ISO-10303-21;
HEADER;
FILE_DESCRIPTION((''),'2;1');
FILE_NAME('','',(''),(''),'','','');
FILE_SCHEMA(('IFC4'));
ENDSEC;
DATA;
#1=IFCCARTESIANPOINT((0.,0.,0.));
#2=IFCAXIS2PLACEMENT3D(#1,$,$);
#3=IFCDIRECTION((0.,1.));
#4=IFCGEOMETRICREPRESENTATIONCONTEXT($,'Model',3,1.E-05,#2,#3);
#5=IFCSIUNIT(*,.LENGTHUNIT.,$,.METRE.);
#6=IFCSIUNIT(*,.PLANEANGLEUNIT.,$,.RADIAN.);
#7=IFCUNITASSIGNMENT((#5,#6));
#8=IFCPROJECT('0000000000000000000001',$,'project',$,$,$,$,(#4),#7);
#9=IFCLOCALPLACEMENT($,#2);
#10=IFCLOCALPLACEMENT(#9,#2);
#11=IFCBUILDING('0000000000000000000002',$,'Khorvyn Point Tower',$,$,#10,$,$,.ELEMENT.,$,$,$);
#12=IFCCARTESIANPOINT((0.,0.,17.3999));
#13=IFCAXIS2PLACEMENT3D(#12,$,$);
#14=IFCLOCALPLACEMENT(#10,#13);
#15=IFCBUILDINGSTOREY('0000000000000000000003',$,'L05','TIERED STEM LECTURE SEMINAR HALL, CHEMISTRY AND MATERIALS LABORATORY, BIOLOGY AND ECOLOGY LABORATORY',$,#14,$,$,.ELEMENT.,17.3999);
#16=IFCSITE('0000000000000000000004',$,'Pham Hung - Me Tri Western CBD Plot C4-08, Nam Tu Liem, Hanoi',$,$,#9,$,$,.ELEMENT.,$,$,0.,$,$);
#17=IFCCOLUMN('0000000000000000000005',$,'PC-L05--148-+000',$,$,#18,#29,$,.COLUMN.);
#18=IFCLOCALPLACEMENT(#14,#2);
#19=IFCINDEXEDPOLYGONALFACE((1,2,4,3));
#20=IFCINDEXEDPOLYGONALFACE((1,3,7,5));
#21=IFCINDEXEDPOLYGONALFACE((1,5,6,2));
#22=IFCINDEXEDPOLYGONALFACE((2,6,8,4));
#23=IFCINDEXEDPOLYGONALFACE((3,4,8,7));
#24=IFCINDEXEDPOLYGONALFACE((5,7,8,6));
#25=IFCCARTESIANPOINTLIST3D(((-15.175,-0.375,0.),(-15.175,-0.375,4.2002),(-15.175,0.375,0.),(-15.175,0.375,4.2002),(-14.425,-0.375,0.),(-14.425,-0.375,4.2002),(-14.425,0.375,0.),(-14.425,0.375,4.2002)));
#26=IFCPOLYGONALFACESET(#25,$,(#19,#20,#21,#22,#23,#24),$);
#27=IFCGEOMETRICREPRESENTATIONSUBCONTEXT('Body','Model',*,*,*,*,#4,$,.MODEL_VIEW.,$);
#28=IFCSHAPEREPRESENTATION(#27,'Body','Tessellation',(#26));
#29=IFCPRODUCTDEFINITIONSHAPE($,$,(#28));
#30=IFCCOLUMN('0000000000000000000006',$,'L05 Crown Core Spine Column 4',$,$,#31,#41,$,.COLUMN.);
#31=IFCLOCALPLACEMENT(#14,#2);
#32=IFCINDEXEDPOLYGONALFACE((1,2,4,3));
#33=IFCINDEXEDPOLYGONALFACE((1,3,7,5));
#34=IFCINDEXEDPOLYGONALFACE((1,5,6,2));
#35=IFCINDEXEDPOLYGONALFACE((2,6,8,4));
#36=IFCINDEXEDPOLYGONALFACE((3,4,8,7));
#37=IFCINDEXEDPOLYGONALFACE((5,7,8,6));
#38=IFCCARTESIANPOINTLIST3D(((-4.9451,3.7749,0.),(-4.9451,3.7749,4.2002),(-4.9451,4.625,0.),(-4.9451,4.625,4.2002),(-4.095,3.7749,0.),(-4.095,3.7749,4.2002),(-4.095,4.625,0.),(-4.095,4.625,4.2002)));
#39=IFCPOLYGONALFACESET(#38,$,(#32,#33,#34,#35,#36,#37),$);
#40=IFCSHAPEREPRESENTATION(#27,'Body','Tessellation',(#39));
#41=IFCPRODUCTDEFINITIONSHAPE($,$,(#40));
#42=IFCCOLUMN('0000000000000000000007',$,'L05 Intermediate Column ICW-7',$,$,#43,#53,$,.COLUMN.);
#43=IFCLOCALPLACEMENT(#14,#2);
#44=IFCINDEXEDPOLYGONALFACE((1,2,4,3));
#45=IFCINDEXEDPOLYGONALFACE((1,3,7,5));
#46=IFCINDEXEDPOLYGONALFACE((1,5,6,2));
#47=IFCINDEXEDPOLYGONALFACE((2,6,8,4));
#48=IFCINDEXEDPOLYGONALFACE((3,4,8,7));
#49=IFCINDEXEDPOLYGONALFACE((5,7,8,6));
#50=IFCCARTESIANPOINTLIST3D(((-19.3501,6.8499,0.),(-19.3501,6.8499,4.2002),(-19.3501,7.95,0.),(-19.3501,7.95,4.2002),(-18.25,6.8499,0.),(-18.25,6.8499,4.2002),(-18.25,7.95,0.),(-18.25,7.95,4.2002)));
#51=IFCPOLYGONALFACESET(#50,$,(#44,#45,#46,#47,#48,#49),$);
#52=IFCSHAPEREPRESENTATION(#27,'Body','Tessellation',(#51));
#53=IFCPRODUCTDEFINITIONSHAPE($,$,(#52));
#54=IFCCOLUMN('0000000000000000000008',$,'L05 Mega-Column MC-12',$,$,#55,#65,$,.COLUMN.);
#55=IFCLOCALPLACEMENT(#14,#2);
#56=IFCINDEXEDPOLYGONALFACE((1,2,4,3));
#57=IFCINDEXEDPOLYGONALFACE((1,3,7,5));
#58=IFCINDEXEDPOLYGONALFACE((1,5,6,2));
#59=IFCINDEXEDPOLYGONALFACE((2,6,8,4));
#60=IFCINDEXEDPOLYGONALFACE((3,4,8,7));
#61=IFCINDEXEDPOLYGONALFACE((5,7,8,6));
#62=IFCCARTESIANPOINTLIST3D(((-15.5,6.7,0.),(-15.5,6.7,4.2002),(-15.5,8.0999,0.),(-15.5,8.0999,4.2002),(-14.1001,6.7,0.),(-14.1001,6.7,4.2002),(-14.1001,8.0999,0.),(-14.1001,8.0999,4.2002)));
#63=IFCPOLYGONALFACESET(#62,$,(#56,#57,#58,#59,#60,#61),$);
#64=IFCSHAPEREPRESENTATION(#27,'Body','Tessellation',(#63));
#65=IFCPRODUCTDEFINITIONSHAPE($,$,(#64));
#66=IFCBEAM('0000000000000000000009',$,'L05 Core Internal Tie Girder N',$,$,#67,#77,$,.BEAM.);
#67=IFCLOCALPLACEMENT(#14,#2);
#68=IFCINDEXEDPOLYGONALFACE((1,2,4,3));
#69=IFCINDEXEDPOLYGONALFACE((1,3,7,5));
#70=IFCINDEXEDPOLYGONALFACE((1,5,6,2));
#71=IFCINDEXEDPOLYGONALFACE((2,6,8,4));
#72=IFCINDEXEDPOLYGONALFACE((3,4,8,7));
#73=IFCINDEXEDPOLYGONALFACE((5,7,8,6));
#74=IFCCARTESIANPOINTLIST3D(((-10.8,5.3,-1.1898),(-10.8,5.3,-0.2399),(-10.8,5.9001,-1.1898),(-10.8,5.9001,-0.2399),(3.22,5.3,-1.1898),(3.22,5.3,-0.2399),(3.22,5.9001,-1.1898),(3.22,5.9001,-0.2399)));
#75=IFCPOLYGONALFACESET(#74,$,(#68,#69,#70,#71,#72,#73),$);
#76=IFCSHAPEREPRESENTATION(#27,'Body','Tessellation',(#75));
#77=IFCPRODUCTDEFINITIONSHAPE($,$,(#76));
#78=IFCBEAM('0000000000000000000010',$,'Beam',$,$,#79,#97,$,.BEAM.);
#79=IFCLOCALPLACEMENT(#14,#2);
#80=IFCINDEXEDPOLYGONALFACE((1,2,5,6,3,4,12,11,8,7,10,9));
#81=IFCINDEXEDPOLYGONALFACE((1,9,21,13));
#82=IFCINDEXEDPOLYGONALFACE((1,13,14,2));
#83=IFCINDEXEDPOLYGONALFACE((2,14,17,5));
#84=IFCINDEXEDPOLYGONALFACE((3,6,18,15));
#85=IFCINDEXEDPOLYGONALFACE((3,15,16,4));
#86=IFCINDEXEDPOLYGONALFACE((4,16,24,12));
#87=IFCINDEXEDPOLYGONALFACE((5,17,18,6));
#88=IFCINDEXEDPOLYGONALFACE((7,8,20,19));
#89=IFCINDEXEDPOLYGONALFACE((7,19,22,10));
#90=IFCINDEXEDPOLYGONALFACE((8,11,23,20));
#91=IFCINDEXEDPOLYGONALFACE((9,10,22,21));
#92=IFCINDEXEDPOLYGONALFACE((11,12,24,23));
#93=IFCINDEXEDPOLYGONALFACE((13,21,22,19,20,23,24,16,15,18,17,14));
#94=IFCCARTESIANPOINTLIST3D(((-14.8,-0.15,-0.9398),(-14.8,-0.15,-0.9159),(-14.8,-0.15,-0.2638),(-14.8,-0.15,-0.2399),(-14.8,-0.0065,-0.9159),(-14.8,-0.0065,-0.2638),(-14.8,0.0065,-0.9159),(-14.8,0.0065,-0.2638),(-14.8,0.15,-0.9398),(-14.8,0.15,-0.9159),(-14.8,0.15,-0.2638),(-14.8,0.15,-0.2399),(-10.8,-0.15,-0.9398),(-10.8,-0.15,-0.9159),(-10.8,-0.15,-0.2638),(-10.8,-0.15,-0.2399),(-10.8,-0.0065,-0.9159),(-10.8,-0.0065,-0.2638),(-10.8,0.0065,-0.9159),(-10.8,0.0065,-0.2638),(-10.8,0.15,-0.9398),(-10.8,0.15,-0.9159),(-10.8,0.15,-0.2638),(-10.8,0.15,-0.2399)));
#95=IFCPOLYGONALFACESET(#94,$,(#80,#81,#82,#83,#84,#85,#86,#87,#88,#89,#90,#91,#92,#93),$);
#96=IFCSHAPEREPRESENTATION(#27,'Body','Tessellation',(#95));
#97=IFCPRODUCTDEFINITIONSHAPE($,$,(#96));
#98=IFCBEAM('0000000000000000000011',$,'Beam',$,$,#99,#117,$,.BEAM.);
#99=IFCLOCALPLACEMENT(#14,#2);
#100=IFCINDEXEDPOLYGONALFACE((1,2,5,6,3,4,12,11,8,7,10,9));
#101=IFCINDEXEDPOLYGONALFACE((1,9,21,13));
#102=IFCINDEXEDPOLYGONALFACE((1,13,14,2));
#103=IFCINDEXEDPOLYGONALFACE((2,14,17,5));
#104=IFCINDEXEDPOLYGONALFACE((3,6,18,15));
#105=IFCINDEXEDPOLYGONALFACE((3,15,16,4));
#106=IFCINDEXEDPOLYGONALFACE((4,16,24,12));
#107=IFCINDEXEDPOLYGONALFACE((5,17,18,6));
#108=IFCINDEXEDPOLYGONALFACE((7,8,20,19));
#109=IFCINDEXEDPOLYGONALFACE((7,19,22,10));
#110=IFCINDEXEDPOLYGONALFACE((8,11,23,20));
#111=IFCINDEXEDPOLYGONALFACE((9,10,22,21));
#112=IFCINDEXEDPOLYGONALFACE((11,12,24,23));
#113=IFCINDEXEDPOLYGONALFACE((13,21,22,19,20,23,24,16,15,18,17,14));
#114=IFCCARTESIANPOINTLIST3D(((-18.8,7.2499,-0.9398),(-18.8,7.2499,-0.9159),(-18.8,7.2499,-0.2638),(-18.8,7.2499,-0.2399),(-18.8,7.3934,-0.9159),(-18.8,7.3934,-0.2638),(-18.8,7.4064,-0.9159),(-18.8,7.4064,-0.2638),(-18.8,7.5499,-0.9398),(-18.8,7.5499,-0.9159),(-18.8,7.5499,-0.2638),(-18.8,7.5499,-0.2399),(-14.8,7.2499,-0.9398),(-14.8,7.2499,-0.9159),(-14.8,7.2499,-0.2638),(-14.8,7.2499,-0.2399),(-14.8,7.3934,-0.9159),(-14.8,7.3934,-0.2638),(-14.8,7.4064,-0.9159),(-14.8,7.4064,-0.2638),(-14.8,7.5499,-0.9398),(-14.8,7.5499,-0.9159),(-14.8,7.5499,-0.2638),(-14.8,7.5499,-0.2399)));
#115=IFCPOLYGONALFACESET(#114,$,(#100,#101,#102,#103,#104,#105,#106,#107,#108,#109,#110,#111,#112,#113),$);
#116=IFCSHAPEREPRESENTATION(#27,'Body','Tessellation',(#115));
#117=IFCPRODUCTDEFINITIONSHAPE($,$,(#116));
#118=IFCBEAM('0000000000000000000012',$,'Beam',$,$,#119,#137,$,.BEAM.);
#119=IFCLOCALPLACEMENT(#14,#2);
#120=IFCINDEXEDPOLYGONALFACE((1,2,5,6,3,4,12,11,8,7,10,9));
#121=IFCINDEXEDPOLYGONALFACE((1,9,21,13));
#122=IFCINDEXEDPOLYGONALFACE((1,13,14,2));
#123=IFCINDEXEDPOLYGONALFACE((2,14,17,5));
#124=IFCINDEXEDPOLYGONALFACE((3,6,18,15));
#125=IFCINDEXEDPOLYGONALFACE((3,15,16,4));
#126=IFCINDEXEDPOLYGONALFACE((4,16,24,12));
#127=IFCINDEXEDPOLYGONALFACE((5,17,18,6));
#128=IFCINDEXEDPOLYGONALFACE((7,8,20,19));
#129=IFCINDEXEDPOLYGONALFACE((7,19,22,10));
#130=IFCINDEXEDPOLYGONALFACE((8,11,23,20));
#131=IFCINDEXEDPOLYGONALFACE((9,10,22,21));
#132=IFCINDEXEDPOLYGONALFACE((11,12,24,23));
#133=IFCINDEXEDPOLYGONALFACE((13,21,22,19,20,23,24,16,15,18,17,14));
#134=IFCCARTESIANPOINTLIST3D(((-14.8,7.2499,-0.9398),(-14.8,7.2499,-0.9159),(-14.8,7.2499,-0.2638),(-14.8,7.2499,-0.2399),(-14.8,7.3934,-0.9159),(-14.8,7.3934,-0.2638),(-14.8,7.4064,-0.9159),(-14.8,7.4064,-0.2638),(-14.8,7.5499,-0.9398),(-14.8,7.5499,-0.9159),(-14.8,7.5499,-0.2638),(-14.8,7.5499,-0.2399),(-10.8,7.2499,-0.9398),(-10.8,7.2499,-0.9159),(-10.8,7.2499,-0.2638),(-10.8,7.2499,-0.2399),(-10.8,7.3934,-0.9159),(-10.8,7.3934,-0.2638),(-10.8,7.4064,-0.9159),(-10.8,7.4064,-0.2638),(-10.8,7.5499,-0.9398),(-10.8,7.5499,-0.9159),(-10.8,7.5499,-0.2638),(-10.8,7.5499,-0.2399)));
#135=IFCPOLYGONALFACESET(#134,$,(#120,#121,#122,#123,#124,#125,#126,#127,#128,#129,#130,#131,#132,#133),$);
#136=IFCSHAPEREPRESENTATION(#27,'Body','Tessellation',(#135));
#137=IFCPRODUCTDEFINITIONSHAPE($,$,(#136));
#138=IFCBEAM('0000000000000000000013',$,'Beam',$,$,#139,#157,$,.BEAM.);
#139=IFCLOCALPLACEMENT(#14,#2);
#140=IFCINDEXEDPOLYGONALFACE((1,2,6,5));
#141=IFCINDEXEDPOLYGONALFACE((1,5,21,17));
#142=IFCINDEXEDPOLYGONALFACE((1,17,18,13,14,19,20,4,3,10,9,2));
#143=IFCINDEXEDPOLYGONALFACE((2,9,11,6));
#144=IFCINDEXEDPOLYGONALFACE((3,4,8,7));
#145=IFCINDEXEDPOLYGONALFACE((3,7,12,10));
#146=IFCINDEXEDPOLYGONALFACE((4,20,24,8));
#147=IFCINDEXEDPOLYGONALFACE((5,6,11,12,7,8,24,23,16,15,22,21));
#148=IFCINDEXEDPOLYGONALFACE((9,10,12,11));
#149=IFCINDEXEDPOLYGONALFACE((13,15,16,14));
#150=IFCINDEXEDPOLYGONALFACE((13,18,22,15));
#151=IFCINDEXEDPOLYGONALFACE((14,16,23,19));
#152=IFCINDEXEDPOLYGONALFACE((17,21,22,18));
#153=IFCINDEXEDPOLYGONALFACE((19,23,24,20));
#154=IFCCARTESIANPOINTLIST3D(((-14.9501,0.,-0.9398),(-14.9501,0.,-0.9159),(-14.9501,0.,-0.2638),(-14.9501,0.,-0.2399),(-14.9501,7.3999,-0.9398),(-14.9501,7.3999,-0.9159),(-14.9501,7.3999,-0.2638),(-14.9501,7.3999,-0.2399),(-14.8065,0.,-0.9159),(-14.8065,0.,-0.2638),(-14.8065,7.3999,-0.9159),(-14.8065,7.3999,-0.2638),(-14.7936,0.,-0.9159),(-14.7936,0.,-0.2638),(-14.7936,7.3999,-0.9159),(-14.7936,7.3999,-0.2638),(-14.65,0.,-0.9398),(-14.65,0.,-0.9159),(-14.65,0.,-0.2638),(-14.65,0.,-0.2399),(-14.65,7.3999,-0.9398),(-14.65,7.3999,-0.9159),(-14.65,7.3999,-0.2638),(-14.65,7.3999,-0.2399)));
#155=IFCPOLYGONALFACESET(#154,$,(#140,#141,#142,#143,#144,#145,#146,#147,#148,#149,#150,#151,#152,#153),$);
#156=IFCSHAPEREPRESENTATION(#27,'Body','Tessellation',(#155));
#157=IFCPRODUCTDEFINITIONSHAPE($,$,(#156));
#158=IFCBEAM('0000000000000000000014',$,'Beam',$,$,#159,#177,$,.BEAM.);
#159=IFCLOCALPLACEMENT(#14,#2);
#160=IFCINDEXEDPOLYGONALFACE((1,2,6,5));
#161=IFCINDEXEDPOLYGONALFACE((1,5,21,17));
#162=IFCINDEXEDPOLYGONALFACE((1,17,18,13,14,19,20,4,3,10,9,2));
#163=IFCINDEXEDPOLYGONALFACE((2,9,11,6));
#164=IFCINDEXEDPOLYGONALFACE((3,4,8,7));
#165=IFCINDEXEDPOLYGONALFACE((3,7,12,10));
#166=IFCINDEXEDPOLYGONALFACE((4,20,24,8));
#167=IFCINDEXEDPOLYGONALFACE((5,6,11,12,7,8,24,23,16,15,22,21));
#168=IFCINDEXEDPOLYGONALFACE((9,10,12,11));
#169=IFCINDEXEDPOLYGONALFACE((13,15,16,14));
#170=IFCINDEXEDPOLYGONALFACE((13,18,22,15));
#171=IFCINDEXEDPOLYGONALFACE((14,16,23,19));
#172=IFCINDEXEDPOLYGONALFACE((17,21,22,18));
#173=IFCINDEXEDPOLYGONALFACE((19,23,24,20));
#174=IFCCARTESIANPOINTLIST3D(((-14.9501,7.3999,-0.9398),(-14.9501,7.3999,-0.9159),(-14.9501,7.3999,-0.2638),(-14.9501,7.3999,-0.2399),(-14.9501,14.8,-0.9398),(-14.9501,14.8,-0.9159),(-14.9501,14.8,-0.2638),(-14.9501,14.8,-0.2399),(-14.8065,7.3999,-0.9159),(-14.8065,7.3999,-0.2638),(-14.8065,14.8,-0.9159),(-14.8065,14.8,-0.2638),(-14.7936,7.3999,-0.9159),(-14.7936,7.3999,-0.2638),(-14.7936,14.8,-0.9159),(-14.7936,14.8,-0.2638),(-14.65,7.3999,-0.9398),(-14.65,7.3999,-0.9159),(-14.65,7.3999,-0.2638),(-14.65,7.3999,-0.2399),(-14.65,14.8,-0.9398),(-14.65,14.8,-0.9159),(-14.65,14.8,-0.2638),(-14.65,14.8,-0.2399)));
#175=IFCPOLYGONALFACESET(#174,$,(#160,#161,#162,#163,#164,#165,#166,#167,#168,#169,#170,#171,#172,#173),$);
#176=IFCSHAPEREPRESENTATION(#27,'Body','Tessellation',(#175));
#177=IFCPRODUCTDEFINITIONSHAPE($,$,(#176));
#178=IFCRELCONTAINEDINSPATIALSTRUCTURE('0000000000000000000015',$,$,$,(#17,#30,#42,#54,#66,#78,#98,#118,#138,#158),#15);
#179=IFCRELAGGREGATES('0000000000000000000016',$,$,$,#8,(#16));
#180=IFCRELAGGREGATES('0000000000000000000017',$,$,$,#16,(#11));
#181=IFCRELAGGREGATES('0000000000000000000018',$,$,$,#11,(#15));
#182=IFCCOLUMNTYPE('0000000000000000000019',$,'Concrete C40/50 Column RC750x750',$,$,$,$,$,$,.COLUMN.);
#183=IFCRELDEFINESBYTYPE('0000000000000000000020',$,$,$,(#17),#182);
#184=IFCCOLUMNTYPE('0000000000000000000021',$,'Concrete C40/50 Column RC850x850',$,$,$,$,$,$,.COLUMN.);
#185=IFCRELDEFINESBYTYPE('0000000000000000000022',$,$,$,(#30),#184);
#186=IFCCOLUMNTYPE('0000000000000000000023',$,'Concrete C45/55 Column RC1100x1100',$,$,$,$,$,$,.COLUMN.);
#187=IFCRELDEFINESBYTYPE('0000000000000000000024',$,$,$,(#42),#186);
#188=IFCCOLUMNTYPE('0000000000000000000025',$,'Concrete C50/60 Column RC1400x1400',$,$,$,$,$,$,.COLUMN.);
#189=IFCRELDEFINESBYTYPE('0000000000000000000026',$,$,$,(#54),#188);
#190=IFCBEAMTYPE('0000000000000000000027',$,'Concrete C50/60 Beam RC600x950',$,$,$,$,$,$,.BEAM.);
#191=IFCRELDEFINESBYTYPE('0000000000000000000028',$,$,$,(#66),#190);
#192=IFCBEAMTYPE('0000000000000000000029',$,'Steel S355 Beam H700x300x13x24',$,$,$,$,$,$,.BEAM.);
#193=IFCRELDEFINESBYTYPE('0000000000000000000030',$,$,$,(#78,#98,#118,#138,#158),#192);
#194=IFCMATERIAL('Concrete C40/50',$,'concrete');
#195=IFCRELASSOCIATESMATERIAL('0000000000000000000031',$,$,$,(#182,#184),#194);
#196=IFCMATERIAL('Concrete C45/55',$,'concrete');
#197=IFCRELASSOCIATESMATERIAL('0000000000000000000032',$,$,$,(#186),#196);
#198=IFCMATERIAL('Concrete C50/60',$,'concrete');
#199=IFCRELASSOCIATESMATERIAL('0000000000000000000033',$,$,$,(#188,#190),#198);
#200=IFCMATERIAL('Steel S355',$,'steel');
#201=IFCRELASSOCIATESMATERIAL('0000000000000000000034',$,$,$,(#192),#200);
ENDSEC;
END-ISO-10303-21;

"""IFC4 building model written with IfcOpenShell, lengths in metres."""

from ifc_helpers import new_model, si_unit, direction, frame, origin, origin_2d, place, context, subcontext, project, spatial, rectangle, i_section, extrude, material, material_profile, profile_set, type_object, element, save


model = new_model("IFC4")

# Units and contexts
model_context = context("Model", 3, precision=1e-05, world=origin(), true_north=direction((0.0, 1.0)))
body_context = subcontext(model_context, "Body", "Model", "MODEL_VIEW")
ifc_project = project(units=[si_unit("LENGTHUNIT", "METRE"), si_unit("PLANEANGLEUNIT", "RADIAN")], contexts=[model_context])

# Site, building, storey
site_placement = place(None, origin())
site = spatial("IfcSite", under=ifc_project, at=site_placement, Name="Pham Hung - Me Tri Western CBD Plot C4-08, Nam Tu Liem, Hanoi", CompositionType="ELEMENT", RefElevation=0.0)
building_placement = place(site_placement, origin())
building = spatial("IfcBuilding", under=site, at=building_placement, Name="Khorvyn Point Tower", CompositionType="ELEMENT")
storey_placement = place(building_placement, frame((0.0, 0.0, 17.3999)))
storey = spatial("IfcBuildingStorey", under=building, at=storey_placement, Name="L05", Description="TIERED STEM LECTURE SEMINAR HALL, CHEMISTRY AND MATERIALS LABORATORY, BIOLOGY AND ECOLOGY LABORATORY", CompositionType="ELEMENT", Elevation=17.3999)

# Columns
ifc_material_1 = material(Name="Concrete C40/50", Category="concrete")
ifc_material_profile_1 = material_profile(ifc_material_1, rectangle(XDim=0.75, YDim=0.75, at=origin_2d()))
ifc_profile_set_1 = profile_set([ifc_material_profile_1], Name="Concrete C40/50 RC750x750")
column_type_1 = type_object("IfcColumnType", Name="Concrete C40/50 Column RC750x750", PredefinedType="COLUMN", material=ifc_profile_set_1)
column_1_placement = place(storey_placement, frame((-14.8, 0.0, 0.0), z_axis=(0.0, 0.0, 1.0), x_axis=(1.0, 0.0, 0.0)))
element("IfcColumn", 1, at=column_1_placement, inside=storey, type_object=column_type_1, Name="PC-L05--148-+000", PredefinedType="COLUMN", context=body_context, shape_type="SweptSolid", body=[
    extrude(rectangle(XDim=0.75, YDim=0.75, at=origin_2d()), origin(), (0.0, 0.0, 1.0), 4.2002),
])
ifc_material_profile_2 = material_profile(ifc_material_1, rectangle(XDim=0.8501, YDim=0.8501, at=origin_2d()))
ifc_profile_set_2 = profile_set([ifc_material_profile_2], Name="Concrete C40/50 RC850x850")
column_type_2 = type_object("IfcColumnType", Name="Concrete C40/50 Column RC850x850", PredefinedType="COLUMN", material=ifc_profile_set_2)
column_2_placement = place(storey_placement, frame((-4.52, 4.2, 0.0), z_axis=(0.0, 0.0, 1.0), x_axis=(1.0, 0.0, 0.0)))
element("IfcColumn", 2, at=column_2_placement, inside=storey, type_object=column_type_2, Name="L05 Crown Core Spine Column 4", PredefinedType="COLUMN", context=body_context, shape_type="SweptSolid", body=[
    extrude(rectangle(XDim=0.8501, YDim=0.8501, at=origin_2d()), origin(), (0.0, 0.0, 1.0), 4.2002),
])
ifc_material_2 = material(Name="Concrete C45/55", Category="concrete")
ifc_material_profile_3 = material_profile(ifc_material_2, rectangle(XDim=1.1001, YDim=1.1001, at=origin_2d()))
ifc_profile_set_3 = profile_set([ifc_material_profile_3], Name="Concrete C45/55 RC1100x1100")
column_type_3 = type_object("IfcColumnType", Name="Concrete C45/55 Column RC1100x1100", PredefinedType="COLUMN", material=ifc_profile_set_3)
column_3_placement = place(storey_placement, frame((-18.8, 7.3999, 0.0), z_axis=(0.0, 0.0, 1.0), x_axis=(1.0, 0.0, 0.0)))
element("IfcColumn", 3, at=column_3_placement, inside=storey, type_object=column_type_3, Name="L05 Intermediate Column ICW-7", PredefinedType="COLUMN", context=body_context, shape_type="SweptSolid", body=[
    extrude(rectangle(XDim=1.1001, YDim=1.1001, at=origin_2d()), origin(), (0.0, 0.0, 1.0), 4.2002),
])
ifc_material_3 = material(Name="Concrete C50/60", Category="concrete")
ifc_material_profile_4 = material_profile(ifc_material_3, rectangle(XDim=1.3999, YDim=1.3999, at=origin_2d()))
ifc_profile_set_4 = profile_set([ifc_material_profile_4], Name="Concrete C50/60 RC1400x1400")
column_type_4 = type_object("IfcColumnType", Name="Concrete C50/60 Column RC1400x1400", PredefinedType="COLUMN", material=ifc_profile_set_4)
column_4_placement = place(storey_placement, frame((-14.8, 7.3999, 0.0), z_axis=(0.0, 0.0, 1.0), x_axis=(1.0, 0.0, 0.0)))
element("IfcColumn", 4, at=column_4_placement, inside=storey, type_object=column_type_4, Name="L05 Mega-Column MC-12", PredefinedType="COLUMN", context=body_context, shape_type="SweptSolid", body=[
    extrude(rectangle(XDim=1.3999, YDim=1.3999, at=origin_2d()), origin(), (0.0, 0.0, 1.0), 4.2002),
])

# Beams
ifc_material_profile_5 = material_profile(ifc_material_3, rectangle(XDim=0.6001, YDim=0.95, at=origin_2d()))
ifc_profile_set_5 = profile_set([ifc_material_profile_5], Name="Concrete C50/60 RC600x950")
beam_type_1 = type_object("IfcBeamType", Name="Concrete C50/60 Beam RC600x950", PredefinedType="BEAM", material=ifc_profile_set_5)
beam_1_placement = place(storey_placement, frame((-10.8, 5.6001, -0.7148), z_axis=(1.0, 0.0, 0.0), x_axis=(0.0, 1.0, 0.0)))
element("IfcBeam", 5, at=beam_1_placement, inside=storey, type_object=beam_type_1, Name="L05 Core Internal Tie Girder N", PredefinedType="BEAM", context=body_context, shape_type="SweptSolid", body=[
    extrude(rectangle(XDim=0.6001, YDim=0.95, at=origin_2d()), origin(), (0.0, 0.0, 1.0), 14.02),
])
ifc_material_4 = material(Name="Steel S355", Category="steel")
ifc_material_profile_6 = material_profile(ifc_material_4, i_section(OverallWidth=0.3, OverallDepth=0.7, WebThickness=0.0129, FlangeThickness=0.0239, at=origin_2d()))
ifc_profile_set_6 = profile_set([ifc_material_profile_6], Name="Steel S355 H700x300x13x24")
beam_type_2 = type_object("IfcBeamType", Name="Steel S355 Beam H700x300x13x24", PredefinedType="BEAM", material=ifc_profile_set_6)
for number, where, z_axis, x_axis, name in (
    (6, (-14.8, 0.0, -0.5898), (1.0, 0.0, 0.0), (0.0, 1.0, 0.0), "Beam"),
    (7, (-18.8, 7.3999, -0.5898), (1.0, 0.0, 0.0), (0.0, 1.0, 0.0), "Beam"),
    (8, (-14.8, 7.3999, -0.5898), (1.0, 0.0, 0.0), (0.0, 1.0, 0.0), "Beam"),
):
    element("IfcBeam", number, at=place(storey_placement, frame(where, z_axis=z_axis, x_axis=x_axis)), inside=storey, type_object=beam_type_2, Name=name, PredefinedType="BEAM", context=body_context, shape_type="SweptSolid", body=[
        extrude(i_section(OverallWidth=0.3, OverallDepth=0.7, WebThickness=0.0129, FlangeThickness=0.0239, at=origin_2d()), origin(), (0.0, 0.0, 1.0), 4.0),
    ])
beam_2_placement = place(storey_placement, frame((-14.8, 0.0, -0.5898), z_axis=(0.0, 1.0, 0.0), x_axis=(-1.0, 0.0, 0.0)))
element("IfcBeam", 9, at=beam_2_placement, inside=storey, type_object=beam_type_2, Name="Beam", PredefinedType="BEAM", context=body_context, shape_type="SweptSolid", body=[
    extrude(i_section(OverallWidth=0.3, OverallDepth=0.7, WebThickness=0.0129, FlangeThickness=0.0239, at=origin_2d()), origin(), (0.0, 0.0, 1.0), 7.3999),
])
for number, where, z_axis, x_axis, name in (
    (10, (-14.8, 7.3999, -0.5898), (0.0, 1.0, 0.0), (-1.0, 0.0, 0.0), "Beam"),
):
    element("IfcBeam", number, at=place(storey_placement, frame(where, z_axis=z_axis, x_axis=x_axis)), inside=storey, type_object=beam_type_2, Name=name, PredefinedType="BEAM", context=body_context, shape_type="SweptSolid", body=[
        extrude(i_section(OverallWidth=0.3, OverallDepth=0.7, WebThickness=0.0129, FlangeThickness=0.0239, at=origin_2d()), origin(), (0.0, 0.0, 1.0), 7.4001),
    ])

save(model, "model.ifc")
